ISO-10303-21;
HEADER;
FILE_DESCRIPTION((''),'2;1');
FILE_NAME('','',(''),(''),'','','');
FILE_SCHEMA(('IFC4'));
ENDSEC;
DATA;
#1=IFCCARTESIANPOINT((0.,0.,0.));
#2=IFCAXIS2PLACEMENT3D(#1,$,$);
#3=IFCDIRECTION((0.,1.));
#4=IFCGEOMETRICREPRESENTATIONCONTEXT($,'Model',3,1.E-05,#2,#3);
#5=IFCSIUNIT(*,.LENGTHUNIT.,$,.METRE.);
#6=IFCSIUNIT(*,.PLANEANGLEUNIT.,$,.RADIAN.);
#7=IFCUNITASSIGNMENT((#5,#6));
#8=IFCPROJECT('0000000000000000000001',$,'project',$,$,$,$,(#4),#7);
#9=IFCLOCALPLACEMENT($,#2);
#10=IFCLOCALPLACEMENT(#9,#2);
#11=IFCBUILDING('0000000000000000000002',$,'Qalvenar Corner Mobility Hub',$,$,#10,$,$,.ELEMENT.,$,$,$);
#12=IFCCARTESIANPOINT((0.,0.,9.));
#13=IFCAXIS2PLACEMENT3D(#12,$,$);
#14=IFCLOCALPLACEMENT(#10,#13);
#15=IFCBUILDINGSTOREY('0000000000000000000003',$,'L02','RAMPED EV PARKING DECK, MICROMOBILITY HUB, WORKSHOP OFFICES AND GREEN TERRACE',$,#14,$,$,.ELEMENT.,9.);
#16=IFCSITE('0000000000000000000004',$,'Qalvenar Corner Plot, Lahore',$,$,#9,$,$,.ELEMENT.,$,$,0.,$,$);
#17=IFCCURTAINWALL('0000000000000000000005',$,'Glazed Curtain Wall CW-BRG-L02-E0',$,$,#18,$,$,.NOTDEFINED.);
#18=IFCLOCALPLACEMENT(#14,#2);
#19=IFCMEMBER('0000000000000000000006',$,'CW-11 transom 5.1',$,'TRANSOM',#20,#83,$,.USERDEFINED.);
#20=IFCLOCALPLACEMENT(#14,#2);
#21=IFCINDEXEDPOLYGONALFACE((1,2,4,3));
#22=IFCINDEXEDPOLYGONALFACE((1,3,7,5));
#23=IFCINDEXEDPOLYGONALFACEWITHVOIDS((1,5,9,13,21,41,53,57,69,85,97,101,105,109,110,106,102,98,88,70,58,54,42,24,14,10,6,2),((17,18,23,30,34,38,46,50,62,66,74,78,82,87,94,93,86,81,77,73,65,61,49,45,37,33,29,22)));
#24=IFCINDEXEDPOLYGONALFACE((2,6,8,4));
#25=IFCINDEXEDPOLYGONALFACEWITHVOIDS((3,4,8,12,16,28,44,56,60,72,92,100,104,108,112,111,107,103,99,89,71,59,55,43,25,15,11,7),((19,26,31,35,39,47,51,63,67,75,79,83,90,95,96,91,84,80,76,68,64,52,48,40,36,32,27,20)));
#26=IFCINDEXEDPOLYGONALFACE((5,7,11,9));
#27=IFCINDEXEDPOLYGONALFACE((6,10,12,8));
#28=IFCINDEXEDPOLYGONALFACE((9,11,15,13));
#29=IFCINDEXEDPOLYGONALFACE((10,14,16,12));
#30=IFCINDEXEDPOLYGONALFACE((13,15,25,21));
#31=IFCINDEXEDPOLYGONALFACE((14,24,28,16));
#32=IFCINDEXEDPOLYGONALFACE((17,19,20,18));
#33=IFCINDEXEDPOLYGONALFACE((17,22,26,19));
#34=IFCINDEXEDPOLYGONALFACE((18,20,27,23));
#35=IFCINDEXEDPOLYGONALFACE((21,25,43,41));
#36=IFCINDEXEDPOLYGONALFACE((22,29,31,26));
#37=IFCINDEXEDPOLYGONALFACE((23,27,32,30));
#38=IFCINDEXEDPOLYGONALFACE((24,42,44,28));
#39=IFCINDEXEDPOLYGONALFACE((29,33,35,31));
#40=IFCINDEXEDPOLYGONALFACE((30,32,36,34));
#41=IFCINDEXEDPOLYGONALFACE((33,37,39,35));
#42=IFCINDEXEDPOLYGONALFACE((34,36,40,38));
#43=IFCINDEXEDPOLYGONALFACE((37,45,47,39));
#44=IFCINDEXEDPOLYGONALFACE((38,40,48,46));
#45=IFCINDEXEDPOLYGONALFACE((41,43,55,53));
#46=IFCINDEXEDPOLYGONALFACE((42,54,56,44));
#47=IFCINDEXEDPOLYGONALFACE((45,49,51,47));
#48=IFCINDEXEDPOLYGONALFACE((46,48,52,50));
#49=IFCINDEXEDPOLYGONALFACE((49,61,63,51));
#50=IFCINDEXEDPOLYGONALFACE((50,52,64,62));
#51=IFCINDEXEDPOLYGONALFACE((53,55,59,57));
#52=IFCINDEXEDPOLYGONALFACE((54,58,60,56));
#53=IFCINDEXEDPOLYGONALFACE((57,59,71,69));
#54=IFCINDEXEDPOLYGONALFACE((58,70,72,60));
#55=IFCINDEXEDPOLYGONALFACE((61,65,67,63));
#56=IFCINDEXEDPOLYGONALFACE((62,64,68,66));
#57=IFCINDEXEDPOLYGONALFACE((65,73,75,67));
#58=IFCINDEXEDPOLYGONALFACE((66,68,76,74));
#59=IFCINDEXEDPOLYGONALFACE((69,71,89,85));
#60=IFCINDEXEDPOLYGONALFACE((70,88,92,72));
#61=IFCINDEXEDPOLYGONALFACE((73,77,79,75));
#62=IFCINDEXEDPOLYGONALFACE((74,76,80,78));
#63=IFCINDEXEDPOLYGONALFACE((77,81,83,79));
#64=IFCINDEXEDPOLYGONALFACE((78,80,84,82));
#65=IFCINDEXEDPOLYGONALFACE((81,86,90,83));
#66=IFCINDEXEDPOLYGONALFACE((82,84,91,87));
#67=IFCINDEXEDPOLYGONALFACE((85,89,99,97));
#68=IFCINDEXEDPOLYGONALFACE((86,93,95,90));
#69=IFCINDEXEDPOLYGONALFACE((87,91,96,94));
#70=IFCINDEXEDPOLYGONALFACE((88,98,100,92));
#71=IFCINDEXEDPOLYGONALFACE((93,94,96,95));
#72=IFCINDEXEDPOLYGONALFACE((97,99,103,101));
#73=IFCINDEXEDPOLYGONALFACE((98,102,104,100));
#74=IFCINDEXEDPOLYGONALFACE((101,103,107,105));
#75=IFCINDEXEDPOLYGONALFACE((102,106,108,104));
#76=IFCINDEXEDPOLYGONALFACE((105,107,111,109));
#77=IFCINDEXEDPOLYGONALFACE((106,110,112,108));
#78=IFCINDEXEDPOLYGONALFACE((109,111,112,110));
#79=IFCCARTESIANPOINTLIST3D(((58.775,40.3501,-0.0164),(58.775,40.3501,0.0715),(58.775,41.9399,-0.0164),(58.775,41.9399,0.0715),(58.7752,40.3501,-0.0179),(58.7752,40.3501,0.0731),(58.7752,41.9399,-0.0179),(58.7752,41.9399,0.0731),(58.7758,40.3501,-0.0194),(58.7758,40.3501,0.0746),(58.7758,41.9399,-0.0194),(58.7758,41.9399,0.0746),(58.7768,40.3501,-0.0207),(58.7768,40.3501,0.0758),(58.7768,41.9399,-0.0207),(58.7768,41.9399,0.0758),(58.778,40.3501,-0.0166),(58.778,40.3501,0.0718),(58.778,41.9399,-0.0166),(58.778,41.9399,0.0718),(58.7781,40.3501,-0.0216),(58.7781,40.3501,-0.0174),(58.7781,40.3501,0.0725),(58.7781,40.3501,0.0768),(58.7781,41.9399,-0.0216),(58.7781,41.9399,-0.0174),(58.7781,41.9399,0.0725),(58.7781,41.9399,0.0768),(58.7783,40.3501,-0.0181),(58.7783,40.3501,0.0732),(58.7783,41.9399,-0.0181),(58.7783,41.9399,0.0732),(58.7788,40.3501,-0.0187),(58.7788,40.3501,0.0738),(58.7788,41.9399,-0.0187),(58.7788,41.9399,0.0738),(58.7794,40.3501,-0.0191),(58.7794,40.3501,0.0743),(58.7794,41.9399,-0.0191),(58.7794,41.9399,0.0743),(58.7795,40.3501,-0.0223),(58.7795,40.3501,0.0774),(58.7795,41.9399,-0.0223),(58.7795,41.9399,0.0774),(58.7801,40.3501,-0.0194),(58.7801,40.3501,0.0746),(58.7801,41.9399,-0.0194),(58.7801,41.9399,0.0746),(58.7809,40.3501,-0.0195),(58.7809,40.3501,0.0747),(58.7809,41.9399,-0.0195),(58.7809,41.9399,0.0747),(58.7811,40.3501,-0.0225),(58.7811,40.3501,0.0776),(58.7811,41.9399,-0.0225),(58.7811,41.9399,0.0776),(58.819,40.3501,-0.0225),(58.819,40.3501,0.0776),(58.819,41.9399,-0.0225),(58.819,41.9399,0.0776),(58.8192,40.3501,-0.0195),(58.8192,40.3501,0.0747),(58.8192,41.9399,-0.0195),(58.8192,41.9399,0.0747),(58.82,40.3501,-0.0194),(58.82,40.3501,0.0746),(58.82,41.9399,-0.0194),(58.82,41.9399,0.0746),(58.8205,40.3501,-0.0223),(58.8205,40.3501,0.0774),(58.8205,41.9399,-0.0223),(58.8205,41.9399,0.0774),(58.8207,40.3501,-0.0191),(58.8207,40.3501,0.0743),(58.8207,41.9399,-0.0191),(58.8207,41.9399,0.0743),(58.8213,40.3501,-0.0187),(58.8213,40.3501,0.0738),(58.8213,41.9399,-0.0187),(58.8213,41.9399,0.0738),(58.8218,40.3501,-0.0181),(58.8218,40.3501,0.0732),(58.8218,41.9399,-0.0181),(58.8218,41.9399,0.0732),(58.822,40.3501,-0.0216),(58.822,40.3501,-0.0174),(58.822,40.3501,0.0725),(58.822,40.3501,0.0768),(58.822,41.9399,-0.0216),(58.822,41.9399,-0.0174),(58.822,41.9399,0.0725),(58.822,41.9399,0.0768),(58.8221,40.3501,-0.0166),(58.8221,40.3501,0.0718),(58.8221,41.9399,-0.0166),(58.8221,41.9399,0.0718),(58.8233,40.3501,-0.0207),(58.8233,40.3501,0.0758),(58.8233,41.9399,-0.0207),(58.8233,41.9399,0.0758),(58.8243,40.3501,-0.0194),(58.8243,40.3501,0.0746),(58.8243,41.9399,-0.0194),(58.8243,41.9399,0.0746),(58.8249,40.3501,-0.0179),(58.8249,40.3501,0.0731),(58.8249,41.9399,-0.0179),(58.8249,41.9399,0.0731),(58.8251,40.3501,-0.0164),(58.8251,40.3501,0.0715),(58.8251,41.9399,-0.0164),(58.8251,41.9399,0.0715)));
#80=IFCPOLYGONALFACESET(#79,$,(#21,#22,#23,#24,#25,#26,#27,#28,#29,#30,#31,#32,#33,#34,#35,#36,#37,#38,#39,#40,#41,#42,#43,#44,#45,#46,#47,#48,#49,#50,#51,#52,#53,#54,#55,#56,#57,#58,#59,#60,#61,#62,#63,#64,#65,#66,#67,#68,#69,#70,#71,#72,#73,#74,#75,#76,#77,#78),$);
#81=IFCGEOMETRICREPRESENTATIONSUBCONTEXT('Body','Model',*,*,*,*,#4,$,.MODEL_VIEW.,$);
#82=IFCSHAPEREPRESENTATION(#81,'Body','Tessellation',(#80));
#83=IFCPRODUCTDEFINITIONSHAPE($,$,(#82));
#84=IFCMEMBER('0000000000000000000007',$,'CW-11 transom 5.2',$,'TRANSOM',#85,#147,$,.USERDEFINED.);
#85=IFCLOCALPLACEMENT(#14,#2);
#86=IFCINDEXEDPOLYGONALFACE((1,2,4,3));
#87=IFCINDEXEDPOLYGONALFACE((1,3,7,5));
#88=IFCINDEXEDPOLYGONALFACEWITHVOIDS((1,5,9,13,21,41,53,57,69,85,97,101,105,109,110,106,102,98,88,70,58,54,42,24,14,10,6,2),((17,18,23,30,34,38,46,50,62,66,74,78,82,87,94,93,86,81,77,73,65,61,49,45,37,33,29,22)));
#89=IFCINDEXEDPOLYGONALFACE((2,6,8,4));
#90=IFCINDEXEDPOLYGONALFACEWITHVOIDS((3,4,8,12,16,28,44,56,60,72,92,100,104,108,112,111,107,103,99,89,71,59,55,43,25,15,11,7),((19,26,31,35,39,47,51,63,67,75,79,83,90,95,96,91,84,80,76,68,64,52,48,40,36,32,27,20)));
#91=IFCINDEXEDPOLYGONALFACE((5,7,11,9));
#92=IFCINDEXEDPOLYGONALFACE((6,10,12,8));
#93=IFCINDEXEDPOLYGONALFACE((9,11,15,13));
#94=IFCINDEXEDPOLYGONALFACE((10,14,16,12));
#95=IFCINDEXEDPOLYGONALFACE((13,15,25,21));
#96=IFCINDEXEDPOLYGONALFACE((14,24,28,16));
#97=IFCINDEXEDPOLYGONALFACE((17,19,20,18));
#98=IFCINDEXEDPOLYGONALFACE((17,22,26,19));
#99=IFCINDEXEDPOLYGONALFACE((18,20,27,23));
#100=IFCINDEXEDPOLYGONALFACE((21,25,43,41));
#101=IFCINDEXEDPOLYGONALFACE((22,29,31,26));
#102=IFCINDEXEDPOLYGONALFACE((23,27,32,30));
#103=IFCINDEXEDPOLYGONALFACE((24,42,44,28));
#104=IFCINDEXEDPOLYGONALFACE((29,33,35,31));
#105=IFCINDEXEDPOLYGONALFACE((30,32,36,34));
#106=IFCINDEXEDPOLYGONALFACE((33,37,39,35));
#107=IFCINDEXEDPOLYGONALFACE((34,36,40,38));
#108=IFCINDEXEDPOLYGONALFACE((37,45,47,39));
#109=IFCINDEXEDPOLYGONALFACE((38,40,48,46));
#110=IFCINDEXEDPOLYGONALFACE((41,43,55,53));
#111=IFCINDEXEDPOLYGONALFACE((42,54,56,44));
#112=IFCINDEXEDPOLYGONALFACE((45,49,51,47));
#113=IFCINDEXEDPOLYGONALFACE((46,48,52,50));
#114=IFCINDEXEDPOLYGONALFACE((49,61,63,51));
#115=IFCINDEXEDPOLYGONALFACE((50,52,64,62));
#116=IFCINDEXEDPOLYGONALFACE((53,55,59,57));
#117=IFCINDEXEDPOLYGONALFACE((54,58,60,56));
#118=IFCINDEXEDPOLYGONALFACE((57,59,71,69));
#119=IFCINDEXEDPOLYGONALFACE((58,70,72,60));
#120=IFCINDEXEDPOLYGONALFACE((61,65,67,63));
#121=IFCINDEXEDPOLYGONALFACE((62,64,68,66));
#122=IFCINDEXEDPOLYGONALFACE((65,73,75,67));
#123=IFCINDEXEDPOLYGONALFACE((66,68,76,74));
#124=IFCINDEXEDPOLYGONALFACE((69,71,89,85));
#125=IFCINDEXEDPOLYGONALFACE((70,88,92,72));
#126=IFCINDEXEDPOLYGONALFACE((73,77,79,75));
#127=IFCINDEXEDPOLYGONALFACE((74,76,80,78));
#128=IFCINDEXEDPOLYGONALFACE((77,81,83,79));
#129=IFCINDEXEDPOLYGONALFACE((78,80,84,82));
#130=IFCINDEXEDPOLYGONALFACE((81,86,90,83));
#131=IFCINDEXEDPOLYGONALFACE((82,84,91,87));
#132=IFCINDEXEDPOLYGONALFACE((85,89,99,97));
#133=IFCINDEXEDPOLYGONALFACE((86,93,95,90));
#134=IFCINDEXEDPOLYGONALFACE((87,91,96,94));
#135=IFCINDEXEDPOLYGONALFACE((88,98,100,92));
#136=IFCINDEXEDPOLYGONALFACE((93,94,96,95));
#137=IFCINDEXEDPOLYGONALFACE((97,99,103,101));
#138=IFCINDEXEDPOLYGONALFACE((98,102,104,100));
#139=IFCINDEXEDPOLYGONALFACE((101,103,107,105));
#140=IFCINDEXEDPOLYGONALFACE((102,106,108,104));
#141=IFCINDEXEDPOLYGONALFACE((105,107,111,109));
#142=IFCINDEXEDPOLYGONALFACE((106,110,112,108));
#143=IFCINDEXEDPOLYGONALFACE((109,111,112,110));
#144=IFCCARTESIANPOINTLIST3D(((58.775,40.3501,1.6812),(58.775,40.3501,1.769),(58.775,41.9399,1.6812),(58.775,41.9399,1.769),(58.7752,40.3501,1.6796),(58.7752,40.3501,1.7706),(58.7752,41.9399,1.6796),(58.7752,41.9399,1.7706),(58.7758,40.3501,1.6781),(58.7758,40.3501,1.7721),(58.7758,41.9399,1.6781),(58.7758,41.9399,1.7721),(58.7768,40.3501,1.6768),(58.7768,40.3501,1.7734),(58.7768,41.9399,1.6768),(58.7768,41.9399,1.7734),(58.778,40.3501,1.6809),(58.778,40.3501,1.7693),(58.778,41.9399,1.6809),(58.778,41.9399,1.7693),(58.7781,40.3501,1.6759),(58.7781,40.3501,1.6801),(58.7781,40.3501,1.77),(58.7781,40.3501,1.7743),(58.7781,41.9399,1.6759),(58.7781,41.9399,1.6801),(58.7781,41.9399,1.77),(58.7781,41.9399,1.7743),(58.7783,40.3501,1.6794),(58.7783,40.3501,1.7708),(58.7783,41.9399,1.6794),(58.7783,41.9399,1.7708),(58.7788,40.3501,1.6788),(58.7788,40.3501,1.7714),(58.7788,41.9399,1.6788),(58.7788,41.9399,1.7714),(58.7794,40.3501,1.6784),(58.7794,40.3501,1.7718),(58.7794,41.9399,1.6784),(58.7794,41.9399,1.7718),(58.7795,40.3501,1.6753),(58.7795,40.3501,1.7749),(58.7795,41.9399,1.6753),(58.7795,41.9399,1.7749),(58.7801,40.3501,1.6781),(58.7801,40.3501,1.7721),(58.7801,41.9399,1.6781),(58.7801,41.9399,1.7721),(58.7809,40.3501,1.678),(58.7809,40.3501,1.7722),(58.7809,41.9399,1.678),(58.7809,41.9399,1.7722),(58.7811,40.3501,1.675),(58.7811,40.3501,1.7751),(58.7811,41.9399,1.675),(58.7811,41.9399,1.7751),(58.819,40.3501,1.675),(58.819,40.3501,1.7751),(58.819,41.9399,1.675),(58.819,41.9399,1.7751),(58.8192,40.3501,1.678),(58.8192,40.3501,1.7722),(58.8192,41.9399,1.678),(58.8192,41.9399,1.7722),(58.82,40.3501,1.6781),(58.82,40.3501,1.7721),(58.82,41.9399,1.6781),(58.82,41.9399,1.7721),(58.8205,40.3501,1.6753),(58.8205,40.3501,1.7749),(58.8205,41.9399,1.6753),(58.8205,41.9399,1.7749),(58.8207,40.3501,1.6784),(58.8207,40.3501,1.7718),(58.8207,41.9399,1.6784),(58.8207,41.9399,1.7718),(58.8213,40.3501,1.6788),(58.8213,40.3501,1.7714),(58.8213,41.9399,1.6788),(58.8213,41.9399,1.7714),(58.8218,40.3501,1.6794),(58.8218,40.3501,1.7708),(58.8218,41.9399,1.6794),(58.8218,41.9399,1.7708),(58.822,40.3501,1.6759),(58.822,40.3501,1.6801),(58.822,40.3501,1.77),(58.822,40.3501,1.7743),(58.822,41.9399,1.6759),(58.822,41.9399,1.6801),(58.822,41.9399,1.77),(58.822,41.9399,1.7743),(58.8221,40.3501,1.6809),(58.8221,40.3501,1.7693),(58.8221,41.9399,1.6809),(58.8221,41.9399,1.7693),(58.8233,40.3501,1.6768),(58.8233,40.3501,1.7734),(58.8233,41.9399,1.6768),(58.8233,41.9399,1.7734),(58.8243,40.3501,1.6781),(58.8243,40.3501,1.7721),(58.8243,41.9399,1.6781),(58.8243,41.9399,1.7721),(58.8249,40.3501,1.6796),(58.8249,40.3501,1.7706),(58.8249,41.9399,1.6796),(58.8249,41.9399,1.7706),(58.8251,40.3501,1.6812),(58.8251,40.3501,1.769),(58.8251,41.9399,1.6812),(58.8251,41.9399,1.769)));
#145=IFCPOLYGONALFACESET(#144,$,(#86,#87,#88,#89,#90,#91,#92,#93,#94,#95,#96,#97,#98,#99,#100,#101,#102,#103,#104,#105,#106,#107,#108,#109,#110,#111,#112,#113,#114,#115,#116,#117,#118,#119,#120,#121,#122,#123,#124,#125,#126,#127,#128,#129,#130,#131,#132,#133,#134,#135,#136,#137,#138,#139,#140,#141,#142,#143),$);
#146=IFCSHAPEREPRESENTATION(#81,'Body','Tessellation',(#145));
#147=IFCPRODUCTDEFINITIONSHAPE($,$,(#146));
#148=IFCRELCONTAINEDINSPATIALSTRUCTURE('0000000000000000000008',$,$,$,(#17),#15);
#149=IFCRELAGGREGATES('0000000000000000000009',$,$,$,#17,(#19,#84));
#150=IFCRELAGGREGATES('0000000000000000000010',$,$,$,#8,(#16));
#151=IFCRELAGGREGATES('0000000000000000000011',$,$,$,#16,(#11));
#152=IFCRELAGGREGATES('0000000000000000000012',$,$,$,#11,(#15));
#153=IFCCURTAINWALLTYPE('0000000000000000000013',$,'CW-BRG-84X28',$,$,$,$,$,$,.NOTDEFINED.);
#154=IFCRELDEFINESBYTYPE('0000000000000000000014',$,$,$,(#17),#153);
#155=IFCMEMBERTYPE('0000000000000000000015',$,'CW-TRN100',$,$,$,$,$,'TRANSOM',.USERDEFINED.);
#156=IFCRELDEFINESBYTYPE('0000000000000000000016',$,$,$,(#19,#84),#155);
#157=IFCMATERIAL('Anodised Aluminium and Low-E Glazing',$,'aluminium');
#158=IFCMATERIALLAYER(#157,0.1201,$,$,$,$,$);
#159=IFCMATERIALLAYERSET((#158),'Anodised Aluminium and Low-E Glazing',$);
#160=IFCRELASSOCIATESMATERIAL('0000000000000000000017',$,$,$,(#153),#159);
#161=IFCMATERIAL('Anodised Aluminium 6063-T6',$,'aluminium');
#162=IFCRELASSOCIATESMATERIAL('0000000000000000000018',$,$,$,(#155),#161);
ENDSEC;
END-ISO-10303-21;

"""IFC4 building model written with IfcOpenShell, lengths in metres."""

from ifc_helpers import new_model, si_unit, direction, frame, origin, origin_2d, place, context, subcontext, project, spatial, hollow_rectangle, extrude, material, layer, layer_set, material_profile, profile_set, type_object, element, aggregate, save


model = new_model("IFC4")

# Units and contexts
model_context = context("Model", 3, precision=1e-05, world=origin(), true_north=direction((0.0, 1.0)))
body_context = subcontext(model_context, "Body", "Model", "MODEL_VIEW")
ifc_project = project(units=[si_unit("LENGTHUNIT", "METRE"), si_unit("PLANEANGLEUNIT", "RADIAN")], contexts=[model_context])

# Site, building, storey
site_placement = place(None, origin())
site = spatial("IfcSite", under=ifc_project, at=site_placement, Name="Qalvenar Corner Plot, Lahore", CompositionType="ELEMENT", RefElevation=0.0)
building_placement = place(site_placement, origin())
building = spatial("IfcBuilding", under=site, at=building_placement, Name="Qalvenar Corner Mobility Hub", CompositionType="ELEMENT")
storey_placement = place(building_placement, frame((0.0, 0.0, 9.0)))
storey = spatial("IfcBuildingStorey", under=building, at=storey_placement, Name="L02", Description="RAMPED EV PARKING DECK, MICROMOBILITY HUB, WORKSHOP OFFICES AND GREEN TERRACE", CompositionType="ELEMENT", Elevation=9.0)

# Curtain wall, members
ifc_material_1 = material(Name="Anodised Aluminium and Low-E Glazing", Category="aluminium")
ifc_layer_1 = layer(ifc_material_1, 0.1201)
ifc_layer_set_1 = layer_set([ifc_layer_1], Name="Anodised Aluminium and Low-E Glazing")
curtain_wall_type = type_object("IfcCurtainWallType", Name="CW-BRG-84X28", PredefinedType="NOTDEFINED", material=ifc_layer_set_1)
curtain_wall_placement = place(storey_placement, origin())
curtain_wall = element("IfcCurtainWall", 1, at=curtain_wall_placement, inside=storey, type_object=curtain_wall_type, Name="Glazed Curtain Wall CW-BRG-L02-E0", PredefinedType="NOTDEFINED")
ifc_material_2 = material(Name="Anodised Aluminium 6063-T6", Category="aluminium")
ifc_material_profile_1 = material_profile(ifc_material_2, hollow_rectangle(XDim=0.05, YDim=0.1001, WallThickness=0.0029, InnerFilletRadius=0.0029, OuterFilletRadius=0.0061, at=origin_2d()), Name="RHS100x50x3")
ifc_profile_set_1 = profile_set([ifc_material_profile_1], Name="Anodised Aluminium 6063-T6")
member_type_1 = type_object("IfcMemberType", Name="CW-TRN100", ElementType="TRANSOM", PredefinedType="USERDEFINED", material=ifc_profile_set_1)
member_1_placement = place(storey_placement, frame((58.8, 40.3501, 0.0276), z_axis=(0.0, 1.0, 0.0), x_axis=(-1.0, 0.0, 0.0)))
member_1 = element("IfcMember", 2, at=member_1_placement, type_object=member_type_1, Name="CW-11 transom 5.1", ObjectType="TRANSOM", PredefinedType="USERDEFINED", context=body_context, shape_type="SweptSolid", body=[
    extrude(hollow_rectangle(XDim=0.05, YDim=0.1001, WallThickness=0.0029, InnerFilletRadius=0.0029, OuterFilletRadius=0.0061, at=origin_2d()), origin(), (0.0, 0.0, 1.0), 1.5898),
])
member_2_placement = place(storey_placement, frame((58.8, 40.3501, 1.7251), z_axis=(0.0, 1.0, 0.0), x_axis=(-1.0, 0.0, 0.0)))
member_2 = element("IfcMember", 3, at=member_2_placement, type_object=member_type_1, Name="CW-11 transom 5.2", ObjectType="TRANSOM", PredefinedType="USERDEFINED", context=body_context, shape_type="SweptSolid", body=[
    extrude(hollow_rectangle(XDim=0.05, YDim=0.1001, WallThickness=0.0029, InnerFilletRadius=0.0029, OuterFilletRadius=0.0061, at=origin_2d()), origin(), (0.0, 0.0, 1.0), 1.5898),
])
aggregate(curtain_wall, [member_1, member_2])

save(model, "model.ifc")
